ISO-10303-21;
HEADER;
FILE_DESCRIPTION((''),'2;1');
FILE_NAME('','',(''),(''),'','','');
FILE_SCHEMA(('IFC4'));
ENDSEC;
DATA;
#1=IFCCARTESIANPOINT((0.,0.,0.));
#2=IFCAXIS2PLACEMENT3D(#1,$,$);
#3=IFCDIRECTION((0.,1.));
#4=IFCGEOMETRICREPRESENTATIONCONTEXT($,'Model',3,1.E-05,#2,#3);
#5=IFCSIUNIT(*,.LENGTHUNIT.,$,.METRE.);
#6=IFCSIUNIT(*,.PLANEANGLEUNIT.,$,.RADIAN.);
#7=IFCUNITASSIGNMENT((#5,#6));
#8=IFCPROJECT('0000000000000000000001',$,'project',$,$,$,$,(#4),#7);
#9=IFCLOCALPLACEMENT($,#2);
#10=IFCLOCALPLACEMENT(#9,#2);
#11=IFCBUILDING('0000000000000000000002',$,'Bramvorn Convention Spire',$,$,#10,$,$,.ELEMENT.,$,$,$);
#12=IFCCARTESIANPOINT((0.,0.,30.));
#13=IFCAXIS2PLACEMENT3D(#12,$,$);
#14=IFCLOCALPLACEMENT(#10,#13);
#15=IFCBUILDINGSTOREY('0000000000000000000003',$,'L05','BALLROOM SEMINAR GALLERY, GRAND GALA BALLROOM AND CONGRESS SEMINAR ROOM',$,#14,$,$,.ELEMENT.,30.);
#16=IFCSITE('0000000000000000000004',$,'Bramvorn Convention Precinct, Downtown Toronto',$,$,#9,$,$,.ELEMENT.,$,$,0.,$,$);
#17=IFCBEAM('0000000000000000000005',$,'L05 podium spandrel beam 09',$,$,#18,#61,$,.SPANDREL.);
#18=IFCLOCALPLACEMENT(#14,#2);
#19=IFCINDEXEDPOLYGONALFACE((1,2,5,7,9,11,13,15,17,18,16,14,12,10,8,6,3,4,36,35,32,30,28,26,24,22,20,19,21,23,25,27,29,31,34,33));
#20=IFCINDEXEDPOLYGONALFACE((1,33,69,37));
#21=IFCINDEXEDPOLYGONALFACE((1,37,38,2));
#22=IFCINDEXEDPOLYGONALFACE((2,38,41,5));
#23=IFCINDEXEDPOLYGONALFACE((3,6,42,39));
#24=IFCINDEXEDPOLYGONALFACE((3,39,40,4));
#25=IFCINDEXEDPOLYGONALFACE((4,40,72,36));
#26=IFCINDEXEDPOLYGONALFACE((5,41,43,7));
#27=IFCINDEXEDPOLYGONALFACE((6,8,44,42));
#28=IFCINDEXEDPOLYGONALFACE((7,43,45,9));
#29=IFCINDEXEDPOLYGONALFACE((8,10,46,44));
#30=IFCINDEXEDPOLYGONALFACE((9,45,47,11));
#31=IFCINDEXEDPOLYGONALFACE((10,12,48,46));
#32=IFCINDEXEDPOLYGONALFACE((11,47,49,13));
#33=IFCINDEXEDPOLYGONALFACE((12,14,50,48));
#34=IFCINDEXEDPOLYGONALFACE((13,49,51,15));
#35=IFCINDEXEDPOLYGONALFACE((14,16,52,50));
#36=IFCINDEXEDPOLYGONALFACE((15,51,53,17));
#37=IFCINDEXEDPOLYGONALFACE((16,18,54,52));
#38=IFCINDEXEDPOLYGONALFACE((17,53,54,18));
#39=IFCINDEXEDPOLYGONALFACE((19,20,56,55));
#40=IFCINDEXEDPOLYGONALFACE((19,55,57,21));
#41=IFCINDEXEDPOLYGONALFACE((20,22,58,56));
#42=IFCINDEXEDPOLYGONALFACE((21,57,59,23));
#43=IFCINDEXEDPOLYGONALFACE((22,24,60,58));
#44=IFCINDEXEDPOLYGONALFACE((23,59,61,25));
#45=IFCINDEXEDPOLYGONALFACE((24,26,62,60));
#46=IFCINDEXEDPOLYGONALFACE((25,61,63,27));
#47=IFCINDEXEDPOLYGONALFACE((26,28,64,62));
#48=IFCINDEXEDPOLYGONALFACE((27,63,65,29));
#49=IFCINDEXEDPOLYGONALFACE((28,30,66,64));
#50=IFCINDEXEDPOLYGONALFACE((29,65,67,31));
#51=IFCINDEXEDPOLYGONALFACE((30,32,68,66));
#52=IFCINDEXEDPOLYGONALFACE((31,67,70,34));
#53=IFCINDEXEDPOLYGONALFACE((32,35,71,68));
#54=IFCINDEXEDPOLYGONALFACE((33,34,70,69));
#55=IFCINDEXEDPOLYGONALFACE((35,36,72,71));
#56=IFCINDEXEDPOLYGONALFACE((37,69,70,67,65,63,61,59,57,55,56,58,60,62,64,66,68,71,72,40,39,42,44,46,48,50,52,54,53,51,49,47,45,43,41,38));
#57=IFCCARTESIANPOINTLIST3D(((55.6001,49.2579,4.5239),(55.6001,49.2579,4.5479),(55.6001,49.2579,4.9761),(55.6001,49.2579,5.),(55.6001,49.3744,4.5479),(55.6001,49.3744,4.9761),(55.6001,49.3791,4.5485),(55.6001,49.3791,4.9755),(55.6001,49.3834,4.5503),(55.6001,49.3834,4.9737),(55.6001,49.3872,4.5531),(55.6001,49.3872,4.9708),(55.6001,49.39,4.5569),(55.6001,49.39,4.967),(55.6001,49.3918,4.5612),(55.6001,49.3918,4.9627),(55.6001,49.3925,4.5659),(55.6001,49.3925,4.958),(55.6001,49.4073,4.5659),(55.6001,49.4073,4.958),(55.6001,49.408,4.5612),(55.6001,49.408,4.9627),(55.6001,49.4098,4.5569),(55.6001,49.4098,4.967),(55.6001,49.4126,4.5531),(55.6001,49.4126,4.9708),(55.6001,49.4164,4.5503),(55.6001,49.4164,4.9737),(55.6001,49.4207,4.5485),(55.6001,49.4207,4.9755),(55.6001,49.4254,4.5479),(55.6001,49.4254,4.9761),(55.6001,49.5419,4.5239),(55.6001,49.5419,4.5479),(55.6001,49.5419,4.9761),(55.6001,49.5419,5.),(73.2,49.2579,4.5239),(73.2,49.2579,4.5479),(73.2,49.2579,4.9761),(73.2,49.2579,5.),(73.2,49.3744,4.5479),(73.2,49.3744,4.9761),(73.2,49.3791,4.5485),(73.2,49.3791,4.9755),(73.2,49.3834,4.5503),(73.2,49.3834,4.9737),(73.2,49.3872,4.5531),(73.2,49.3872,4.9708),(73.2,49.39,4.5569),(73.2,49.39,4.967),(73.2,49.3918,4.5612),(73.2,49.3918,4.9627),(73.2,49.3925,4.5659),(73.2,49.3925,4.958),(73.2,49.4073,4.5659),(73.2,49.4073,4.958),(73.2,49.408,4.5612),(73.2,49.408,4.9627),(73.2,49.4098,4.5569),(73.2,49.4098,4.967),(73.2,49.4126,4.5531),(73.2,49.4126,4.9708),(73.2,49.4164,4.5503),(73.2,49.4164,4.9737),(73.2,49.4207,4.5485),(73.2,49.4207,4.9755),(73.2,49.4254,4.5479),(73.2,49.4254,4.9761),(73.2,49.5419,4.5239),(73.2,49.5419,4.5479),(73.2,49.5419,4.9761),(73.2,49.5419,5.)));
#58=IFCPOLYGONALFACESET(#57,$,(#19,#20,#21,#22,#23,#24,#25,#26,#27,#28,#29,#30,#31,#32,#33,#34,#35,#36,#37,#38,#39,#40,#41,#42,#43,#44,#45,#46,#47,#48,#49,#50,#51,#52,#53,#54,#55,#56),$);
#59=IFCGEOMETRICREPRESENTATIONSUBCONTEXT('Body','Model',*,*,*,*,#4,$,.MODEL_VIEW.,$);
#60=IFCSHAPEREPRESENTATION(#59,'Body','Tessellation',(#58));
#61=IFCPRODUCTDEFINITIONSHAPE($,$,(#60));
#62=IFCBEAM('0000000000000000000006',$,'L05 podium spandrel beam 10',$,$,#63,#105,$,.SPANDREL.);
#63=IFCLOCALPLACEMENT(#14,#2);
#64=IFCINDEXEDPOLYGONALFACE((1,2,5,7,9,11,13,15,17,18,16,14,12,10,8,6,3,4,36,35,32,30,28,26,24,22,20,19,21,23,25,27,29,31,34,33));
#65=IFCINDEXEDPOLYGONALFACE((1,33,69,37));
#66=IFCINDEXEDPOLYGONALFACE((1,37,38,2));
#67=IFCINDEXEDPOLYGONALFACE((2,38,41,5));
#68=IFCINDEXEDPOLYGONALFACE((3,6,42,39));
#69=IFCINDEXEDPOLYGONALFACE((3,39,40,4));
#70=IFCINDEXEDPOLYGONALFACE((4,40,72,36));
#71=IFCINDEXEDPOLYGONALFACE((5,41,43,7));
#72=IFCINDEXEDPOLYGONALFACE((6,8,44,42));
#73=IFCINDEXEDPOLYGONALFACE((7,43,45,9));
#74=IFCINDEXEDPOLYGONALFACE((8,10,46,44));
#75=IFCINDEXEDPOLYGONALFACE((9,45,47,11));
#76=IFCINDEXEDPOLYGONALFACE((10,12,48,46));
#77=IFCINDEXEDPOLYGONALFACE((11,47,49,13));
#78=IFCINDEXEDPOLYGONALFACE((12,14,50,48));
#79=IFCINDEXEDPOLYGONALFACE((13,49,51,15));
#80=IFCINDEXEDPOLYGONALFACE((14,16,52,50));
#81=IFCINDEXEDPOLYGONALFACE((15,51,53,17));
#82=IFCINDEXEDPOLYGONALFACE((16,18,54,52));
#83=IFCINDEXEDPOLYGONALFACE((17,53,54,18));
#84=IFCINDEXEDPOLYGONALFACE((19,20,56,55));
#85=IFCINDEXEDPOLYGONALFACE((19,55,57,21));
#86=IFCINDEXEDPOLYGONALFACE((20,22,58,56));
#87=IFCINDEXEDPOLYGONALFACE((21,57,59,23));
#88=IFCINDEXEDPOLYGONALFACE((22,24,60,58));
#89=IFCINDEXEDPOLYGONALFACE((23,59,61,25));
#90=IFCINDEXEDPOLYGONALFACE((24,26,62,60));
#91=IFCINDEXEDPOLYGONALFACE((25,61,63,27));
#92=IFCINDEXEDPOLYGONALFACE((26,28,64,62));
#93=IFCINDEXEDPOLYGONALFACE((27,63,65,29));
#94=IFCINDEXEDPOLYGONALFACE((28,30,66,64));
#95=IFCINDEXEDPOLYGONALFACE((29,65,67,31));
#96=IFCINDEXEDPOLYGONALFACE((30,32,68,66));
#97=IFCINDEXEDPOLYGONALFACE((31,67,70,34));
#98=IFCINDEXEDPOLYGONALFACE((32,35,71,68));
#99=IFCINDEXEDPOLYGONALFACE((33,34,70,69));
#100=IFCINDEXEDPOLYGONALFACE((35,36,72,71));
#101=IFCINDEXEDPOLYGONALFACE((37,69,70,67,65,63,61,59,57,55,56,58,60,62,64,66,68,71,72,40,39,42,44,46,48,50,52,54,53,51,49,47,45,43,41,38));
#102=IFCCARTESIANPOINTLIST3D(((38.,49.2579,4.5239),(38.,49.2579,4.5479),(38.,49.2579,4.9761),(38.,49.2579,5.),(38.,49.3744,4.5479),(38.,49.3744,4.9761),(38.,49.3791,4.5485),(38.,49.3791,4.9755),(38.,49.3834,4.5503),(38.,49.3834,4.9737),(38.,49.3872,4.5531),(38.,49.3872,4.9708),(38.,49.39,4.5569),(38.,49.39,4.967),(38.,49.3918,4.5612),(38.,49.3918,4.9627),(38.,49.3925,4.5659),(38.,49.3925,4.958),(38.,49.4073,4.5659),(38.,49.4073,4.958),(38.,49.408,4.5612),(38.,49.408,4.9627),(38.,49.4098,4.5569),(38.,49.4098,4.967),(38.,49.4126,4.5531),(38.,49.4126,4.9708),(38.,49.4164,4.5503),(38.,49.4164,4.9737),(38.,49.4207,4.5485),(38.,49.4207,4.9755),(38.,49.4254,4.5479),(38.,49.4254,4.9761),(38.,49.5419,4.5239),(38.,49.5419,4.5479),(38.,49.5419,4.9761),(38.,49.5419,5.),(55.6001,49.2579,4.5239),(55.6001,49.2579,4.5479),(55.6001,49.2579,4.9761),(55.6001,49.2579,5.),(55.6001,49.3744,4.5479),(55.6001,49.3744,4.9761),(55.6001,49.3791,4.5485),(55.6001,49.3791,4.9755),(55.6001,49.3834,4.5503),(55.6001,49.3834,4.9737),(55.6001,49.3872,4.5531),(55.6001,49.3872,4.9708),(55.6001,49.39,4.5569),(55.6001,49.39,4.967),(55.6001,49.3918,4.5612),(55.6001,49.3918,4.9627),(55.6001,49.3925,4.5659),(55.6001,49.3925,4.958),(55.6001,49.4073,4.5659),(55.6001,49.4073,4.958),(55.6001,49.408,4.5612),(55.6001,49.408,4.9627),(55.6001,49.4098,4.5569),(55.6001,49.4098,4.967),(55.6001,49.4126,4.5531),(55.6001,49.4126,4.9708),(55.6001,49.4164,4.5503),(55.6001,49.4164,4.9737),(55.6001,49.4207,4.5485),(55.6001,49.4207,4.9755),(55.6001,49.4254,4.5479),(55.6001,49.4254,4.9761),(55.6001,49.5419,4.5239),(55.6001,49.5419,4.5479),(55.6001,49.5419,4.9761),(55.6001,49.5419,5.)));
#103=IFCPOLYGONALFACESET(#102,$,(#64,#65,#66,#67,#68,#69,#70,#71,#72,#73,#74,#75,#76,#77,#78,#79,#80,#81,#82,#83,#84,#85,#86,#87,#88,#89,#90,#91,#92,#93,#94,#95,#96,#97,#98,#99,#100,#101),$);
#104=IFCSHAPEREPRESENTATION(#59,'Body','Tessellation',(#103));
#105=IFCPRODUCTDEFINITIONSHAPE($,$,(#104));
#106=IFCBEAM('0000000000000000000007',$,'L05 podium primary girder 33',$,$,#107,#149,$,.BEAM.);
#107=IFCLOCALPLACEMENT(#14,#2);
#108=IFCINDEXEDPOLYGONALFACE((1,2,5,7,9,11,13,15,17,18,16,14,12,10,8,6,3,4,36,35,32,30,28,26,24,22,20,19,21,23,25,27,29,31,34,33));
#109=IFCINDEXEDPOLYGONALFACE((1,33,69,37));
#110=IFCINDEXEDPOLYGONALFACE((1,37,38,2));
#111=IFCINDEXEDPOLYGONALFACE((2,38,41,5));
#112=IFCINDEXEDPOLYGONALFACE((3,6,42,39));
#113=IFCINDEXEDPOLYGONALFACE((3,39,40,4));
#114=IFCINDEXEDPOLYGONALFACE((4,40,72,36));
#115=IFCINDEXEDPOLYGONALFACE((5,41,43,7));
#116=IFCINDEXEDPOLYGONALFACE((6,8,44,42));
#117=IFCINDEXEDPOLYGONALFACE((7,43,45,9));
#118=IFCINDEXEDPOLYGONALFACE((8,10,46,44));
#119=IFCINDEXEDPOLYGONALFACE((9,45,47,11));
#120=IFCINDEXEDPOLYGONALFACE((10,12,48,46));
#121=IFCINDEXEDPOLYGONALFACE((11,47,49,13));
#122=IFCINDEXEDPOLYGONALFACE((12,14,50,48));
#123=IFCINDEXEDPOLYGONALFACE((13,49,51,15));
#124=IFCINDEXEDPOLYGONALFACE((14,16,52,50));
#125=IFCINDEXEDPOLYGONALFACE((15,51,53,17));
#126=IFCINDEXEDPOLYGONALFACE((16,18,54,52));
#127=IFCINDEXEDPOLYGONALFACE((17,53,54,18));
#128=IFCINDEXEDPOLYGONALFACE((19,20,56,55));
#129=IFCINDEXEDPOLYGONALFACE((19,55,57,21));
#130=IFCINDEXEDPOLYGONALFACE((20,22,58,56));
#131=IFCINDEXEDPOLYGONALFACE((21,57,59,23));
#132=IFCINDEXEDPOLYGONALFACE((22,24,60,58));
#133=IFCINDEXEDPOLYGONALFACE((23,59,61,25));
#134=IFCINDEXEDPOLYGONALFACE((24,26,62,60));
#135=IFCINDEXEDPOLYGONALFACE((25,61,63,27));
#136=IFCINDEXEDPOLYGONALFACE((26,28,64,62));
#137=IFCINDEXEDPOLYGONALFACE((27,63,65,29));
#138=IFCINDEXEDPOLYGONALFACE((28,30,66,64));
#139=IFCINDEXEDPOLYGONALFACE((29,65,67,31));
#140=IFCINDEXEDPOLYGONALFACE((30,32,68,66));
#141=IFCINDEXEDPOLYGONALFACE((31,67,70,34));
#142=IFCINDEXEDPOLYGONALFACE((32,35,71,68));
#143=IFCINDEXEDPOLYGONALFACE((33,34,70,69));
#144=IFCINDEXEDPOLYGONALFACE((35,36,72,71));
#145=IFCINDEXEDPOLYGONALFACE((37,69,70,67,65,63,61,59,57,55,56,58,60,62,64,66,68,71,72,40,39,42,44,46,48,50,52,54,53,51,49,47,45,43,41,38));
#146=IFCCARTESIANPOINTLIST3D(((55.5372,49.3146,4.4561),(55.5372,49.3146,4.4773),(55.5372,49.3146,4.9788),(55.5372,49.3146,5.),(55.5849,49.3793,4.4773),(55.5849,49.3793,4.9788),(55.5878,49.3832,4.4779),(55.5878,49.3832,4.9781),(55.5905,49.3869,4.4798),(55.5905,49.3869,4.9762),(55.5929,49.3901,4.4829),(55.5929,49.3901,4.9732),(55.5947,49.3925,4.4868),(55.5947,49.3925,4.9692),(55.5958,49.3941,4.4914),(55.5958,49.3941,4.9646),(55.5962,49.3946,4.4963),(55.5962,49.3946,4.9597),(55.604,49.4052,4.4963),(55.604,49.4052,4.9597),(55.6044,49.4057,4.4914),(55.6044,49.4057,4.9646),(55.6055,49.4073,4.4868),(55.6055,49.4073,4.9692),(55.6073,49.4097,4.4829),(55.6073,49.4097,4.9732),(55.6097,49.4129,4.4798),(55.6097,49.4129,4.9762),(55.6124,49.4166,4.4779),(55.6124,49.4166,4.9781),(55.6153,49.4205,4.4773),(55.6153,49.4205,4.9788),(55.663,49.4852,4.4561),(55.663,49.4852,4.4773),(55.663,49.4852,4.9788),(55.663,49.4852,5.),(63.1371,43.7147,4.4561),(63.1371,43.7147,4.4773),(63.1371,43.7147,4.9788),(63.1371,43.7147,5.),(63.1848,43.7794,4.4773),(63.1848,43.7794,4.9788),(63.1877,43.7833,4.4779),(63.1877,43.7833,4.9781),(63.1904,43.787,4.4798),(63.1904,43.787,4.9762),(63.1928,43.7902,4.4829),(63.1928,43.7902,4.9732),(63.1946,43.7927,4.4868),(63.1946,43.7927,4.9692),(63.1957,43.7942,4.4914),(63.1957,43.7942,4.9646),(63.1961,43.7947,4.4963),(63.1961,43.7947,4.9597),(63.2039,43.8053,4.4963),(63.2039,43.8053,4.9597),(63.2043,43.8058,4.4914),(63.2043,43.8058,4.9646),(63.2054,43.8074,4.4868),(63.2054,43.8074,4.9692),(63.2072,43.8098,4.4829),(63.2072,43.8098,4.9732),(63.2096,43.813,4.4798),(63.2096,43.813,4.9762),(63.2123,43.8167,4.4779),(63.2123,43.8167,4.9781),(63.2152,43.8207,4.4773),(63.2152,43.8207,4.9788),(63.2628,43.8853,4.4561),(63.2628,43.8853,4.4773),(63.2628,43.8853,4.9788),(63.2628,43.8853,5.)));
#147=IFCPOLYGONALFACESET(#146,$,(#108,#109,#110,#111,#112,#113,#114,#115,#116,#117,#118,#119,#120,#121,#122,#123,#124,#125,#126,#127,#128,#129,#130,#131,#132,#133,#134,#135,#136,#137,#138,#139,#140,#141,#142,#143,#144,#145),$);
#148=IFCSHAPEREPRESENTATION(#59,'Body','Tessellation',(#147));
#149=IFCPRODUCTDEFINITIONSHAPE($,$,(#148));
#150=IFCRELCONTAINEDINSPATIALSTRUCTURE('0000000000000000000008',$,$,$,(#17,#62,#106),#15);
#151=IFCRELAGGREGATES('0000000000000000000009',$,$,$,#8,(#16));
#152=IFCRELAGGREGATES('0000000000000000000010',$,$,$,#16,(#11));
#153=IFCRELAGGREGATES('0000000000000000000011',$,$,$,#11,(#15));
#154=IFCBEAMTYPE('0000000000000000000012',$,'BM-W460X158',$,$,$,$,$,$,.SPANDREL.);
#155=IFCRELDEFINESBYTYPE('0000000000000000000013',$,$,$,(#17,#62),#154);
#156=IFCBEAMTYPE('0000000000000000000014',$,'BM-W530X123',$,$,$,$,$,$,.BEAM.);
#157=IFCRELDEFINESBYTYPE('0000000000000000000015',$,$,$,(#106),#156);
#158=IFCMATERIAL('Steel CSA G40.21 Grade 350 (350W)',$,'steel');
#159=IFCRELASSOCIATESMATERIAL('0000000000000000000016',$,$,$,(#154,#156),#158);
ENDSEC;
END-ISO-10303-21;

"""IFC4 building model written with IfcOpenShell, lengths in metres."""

from ifc_helpers import new_model, si_unit, direction, frame, origin, origin_2d, place, context, subcontext, project, spatial, i_section, extrude, material, material_profile, profile_set, type_object, element, save


model = new_model("IFC4")

# Units and contexts
model_context = context("Model", 3, precision=1e-05, world=origin(), true_north=direction((0.0, 1.0)))
body_context = subcontext(model_context, "Body", "Model", "MODEL_VIEW")
ifc_project = project(units=[si_unit("LENGTHUNIT", "METRE"), si_unit("PLANEANGLEUNIT", "RADIAN")], contexts=[model_context])

# Site, building, storey
site_placement = place(None, origin())
site = spatial("IfcSite", under=ifc_project, at=site_placement, Name="Bramvorn Convention Precinct, Downtown Toronto", CompositionType="ELEMENT", RefElevation=0.0)
building_placement = place(site_placement, origin())
building = spatial("IfcBuilding", under=site, at=building_placement, Name="Bramvorn Convention Spire", CompositionType="ELEMENT")
storey_placement = place(building_placement, frame((0.0, 0.0, 30.0)))
storey = spatial("IfcBuildingStorey", under=building, at=storey_placement, Name="L05", Description="BALLROOM SEMINAR GALLERY, GRAND GALA BALLROOM AND CONGRESS SEMINAR ROOM", CompositionType="ELEMENT", Elevation=30.0)

# Shared definitions
ifc_material_1 = material(Name="Steel CSA G40.21 Grade 350 (350W)", Category="steel")

# Beams
ifc_material_profile_1 = material_profile(ifc_material_1, i_section(OverallWidth=0.2839, OverallDepth=0.4761, WebThickness=0.0149, FlangeThickness=0.0239, FilletRadius=0.0181, at=origin_2d()))
ifc_profile_set_1 = profile_set([ifc_material_profile_1], Name="Steel CSA G40.21 Grade 350 (350W) - W460X158")
beam_type_1 = type_object("IfcBeamType", Name="BM-W460X158", PredefinedType="SPANDREL", material=ifc_profile_set_1)
beam_1_placement = place(storey_placement, frame((73.2, 49.3999, 4.762), z_axis=(-1.0, 0.0, 0.0), x_axis=(0.0, -1.0, 0.0)))
element("IfcBeam", 1, at=beam_1_placement, inside=storey, type_object=beam_type_1, Name="L05 podium spandrel beam 09", PredefinedType="SPANDREL", context=body_context, shape_type="SweptSolid", body=[
    extrude(i_section(OverallWidth=0.2839, OverallDepth=0.4761, WebThickness=0.0149, FlangeThickness=0.0239, FilletRadius=0.0181, at=origin_2d()), origin(), (0.0, 0.0, 1.0), 17.5999),
])
beam_2_placement = place(storey_placement, frame((55.6001, 49.3999, 4.762), z_axis=(-1.0, 0.0, 0.0), x_axis=(0.0, -1.0, 0.0)))
element("IfcBeam", 2, at=beam_2_placement, inside=storey, type_object=beam_type_1, Name="L05 podium spandrel beam 10", PredefinedType="SPANDREL", context=body_context, shape_type="SweptSolid", body=[
    extrude(i_section(OverallWidth=0.2839, OverallDepth=0.4761, WebThickness=0.0149, FlangeThickness=0.0239, FilletRadius=0.0181, at=origin_2d()), origin(), (0.0, 0.0, 1.0), 17.6001),
])
ifc_material_profile_2 = material_profile(ifc_material_1, i_section(OverallWidth=0.2119, OverallDepth=0.5439, WebThickness=0.0132, FlangeThickness=0.0212, FilletRadius=0.019, at=origin_2d()))
ifc_profile_set_2 = profile_set([ifc_material_profile_2], Name="Steel CSA G40.21 Grade 350 (350W) - W530X123")
beam_type_2 = type_object("IfcBeamType", Name="BM-W530X123", PredefinedType="BEAM", material=ifc_profile_set_2)
beam_3_placement = place(storey_placement, frame((55.6001, 49.3999, 4.728), z_axis=(0.805058, -0.593196, 0.0), x_axis=(0.593196, 0.805058, 0.0)))
element("IfcBeam", 3, at=beam_3_placement, inside=storey, type_object=beam_type_2, Name="L05 podium primary girder 33", PredefinedType="BEAM", context=body_context, shape_type="SweptSolid", body=[
    extrude(i_section(OverallWidth=0.2119, OverallDepth=0.5439, WebThickness=0.0132, FlangeThickness=0.0212, FilletRadius=0.019, at=origin_2d()), origin(), (0.0, 0.0, 1.0), 9.4402),
])

save(model, "model.ifc")
